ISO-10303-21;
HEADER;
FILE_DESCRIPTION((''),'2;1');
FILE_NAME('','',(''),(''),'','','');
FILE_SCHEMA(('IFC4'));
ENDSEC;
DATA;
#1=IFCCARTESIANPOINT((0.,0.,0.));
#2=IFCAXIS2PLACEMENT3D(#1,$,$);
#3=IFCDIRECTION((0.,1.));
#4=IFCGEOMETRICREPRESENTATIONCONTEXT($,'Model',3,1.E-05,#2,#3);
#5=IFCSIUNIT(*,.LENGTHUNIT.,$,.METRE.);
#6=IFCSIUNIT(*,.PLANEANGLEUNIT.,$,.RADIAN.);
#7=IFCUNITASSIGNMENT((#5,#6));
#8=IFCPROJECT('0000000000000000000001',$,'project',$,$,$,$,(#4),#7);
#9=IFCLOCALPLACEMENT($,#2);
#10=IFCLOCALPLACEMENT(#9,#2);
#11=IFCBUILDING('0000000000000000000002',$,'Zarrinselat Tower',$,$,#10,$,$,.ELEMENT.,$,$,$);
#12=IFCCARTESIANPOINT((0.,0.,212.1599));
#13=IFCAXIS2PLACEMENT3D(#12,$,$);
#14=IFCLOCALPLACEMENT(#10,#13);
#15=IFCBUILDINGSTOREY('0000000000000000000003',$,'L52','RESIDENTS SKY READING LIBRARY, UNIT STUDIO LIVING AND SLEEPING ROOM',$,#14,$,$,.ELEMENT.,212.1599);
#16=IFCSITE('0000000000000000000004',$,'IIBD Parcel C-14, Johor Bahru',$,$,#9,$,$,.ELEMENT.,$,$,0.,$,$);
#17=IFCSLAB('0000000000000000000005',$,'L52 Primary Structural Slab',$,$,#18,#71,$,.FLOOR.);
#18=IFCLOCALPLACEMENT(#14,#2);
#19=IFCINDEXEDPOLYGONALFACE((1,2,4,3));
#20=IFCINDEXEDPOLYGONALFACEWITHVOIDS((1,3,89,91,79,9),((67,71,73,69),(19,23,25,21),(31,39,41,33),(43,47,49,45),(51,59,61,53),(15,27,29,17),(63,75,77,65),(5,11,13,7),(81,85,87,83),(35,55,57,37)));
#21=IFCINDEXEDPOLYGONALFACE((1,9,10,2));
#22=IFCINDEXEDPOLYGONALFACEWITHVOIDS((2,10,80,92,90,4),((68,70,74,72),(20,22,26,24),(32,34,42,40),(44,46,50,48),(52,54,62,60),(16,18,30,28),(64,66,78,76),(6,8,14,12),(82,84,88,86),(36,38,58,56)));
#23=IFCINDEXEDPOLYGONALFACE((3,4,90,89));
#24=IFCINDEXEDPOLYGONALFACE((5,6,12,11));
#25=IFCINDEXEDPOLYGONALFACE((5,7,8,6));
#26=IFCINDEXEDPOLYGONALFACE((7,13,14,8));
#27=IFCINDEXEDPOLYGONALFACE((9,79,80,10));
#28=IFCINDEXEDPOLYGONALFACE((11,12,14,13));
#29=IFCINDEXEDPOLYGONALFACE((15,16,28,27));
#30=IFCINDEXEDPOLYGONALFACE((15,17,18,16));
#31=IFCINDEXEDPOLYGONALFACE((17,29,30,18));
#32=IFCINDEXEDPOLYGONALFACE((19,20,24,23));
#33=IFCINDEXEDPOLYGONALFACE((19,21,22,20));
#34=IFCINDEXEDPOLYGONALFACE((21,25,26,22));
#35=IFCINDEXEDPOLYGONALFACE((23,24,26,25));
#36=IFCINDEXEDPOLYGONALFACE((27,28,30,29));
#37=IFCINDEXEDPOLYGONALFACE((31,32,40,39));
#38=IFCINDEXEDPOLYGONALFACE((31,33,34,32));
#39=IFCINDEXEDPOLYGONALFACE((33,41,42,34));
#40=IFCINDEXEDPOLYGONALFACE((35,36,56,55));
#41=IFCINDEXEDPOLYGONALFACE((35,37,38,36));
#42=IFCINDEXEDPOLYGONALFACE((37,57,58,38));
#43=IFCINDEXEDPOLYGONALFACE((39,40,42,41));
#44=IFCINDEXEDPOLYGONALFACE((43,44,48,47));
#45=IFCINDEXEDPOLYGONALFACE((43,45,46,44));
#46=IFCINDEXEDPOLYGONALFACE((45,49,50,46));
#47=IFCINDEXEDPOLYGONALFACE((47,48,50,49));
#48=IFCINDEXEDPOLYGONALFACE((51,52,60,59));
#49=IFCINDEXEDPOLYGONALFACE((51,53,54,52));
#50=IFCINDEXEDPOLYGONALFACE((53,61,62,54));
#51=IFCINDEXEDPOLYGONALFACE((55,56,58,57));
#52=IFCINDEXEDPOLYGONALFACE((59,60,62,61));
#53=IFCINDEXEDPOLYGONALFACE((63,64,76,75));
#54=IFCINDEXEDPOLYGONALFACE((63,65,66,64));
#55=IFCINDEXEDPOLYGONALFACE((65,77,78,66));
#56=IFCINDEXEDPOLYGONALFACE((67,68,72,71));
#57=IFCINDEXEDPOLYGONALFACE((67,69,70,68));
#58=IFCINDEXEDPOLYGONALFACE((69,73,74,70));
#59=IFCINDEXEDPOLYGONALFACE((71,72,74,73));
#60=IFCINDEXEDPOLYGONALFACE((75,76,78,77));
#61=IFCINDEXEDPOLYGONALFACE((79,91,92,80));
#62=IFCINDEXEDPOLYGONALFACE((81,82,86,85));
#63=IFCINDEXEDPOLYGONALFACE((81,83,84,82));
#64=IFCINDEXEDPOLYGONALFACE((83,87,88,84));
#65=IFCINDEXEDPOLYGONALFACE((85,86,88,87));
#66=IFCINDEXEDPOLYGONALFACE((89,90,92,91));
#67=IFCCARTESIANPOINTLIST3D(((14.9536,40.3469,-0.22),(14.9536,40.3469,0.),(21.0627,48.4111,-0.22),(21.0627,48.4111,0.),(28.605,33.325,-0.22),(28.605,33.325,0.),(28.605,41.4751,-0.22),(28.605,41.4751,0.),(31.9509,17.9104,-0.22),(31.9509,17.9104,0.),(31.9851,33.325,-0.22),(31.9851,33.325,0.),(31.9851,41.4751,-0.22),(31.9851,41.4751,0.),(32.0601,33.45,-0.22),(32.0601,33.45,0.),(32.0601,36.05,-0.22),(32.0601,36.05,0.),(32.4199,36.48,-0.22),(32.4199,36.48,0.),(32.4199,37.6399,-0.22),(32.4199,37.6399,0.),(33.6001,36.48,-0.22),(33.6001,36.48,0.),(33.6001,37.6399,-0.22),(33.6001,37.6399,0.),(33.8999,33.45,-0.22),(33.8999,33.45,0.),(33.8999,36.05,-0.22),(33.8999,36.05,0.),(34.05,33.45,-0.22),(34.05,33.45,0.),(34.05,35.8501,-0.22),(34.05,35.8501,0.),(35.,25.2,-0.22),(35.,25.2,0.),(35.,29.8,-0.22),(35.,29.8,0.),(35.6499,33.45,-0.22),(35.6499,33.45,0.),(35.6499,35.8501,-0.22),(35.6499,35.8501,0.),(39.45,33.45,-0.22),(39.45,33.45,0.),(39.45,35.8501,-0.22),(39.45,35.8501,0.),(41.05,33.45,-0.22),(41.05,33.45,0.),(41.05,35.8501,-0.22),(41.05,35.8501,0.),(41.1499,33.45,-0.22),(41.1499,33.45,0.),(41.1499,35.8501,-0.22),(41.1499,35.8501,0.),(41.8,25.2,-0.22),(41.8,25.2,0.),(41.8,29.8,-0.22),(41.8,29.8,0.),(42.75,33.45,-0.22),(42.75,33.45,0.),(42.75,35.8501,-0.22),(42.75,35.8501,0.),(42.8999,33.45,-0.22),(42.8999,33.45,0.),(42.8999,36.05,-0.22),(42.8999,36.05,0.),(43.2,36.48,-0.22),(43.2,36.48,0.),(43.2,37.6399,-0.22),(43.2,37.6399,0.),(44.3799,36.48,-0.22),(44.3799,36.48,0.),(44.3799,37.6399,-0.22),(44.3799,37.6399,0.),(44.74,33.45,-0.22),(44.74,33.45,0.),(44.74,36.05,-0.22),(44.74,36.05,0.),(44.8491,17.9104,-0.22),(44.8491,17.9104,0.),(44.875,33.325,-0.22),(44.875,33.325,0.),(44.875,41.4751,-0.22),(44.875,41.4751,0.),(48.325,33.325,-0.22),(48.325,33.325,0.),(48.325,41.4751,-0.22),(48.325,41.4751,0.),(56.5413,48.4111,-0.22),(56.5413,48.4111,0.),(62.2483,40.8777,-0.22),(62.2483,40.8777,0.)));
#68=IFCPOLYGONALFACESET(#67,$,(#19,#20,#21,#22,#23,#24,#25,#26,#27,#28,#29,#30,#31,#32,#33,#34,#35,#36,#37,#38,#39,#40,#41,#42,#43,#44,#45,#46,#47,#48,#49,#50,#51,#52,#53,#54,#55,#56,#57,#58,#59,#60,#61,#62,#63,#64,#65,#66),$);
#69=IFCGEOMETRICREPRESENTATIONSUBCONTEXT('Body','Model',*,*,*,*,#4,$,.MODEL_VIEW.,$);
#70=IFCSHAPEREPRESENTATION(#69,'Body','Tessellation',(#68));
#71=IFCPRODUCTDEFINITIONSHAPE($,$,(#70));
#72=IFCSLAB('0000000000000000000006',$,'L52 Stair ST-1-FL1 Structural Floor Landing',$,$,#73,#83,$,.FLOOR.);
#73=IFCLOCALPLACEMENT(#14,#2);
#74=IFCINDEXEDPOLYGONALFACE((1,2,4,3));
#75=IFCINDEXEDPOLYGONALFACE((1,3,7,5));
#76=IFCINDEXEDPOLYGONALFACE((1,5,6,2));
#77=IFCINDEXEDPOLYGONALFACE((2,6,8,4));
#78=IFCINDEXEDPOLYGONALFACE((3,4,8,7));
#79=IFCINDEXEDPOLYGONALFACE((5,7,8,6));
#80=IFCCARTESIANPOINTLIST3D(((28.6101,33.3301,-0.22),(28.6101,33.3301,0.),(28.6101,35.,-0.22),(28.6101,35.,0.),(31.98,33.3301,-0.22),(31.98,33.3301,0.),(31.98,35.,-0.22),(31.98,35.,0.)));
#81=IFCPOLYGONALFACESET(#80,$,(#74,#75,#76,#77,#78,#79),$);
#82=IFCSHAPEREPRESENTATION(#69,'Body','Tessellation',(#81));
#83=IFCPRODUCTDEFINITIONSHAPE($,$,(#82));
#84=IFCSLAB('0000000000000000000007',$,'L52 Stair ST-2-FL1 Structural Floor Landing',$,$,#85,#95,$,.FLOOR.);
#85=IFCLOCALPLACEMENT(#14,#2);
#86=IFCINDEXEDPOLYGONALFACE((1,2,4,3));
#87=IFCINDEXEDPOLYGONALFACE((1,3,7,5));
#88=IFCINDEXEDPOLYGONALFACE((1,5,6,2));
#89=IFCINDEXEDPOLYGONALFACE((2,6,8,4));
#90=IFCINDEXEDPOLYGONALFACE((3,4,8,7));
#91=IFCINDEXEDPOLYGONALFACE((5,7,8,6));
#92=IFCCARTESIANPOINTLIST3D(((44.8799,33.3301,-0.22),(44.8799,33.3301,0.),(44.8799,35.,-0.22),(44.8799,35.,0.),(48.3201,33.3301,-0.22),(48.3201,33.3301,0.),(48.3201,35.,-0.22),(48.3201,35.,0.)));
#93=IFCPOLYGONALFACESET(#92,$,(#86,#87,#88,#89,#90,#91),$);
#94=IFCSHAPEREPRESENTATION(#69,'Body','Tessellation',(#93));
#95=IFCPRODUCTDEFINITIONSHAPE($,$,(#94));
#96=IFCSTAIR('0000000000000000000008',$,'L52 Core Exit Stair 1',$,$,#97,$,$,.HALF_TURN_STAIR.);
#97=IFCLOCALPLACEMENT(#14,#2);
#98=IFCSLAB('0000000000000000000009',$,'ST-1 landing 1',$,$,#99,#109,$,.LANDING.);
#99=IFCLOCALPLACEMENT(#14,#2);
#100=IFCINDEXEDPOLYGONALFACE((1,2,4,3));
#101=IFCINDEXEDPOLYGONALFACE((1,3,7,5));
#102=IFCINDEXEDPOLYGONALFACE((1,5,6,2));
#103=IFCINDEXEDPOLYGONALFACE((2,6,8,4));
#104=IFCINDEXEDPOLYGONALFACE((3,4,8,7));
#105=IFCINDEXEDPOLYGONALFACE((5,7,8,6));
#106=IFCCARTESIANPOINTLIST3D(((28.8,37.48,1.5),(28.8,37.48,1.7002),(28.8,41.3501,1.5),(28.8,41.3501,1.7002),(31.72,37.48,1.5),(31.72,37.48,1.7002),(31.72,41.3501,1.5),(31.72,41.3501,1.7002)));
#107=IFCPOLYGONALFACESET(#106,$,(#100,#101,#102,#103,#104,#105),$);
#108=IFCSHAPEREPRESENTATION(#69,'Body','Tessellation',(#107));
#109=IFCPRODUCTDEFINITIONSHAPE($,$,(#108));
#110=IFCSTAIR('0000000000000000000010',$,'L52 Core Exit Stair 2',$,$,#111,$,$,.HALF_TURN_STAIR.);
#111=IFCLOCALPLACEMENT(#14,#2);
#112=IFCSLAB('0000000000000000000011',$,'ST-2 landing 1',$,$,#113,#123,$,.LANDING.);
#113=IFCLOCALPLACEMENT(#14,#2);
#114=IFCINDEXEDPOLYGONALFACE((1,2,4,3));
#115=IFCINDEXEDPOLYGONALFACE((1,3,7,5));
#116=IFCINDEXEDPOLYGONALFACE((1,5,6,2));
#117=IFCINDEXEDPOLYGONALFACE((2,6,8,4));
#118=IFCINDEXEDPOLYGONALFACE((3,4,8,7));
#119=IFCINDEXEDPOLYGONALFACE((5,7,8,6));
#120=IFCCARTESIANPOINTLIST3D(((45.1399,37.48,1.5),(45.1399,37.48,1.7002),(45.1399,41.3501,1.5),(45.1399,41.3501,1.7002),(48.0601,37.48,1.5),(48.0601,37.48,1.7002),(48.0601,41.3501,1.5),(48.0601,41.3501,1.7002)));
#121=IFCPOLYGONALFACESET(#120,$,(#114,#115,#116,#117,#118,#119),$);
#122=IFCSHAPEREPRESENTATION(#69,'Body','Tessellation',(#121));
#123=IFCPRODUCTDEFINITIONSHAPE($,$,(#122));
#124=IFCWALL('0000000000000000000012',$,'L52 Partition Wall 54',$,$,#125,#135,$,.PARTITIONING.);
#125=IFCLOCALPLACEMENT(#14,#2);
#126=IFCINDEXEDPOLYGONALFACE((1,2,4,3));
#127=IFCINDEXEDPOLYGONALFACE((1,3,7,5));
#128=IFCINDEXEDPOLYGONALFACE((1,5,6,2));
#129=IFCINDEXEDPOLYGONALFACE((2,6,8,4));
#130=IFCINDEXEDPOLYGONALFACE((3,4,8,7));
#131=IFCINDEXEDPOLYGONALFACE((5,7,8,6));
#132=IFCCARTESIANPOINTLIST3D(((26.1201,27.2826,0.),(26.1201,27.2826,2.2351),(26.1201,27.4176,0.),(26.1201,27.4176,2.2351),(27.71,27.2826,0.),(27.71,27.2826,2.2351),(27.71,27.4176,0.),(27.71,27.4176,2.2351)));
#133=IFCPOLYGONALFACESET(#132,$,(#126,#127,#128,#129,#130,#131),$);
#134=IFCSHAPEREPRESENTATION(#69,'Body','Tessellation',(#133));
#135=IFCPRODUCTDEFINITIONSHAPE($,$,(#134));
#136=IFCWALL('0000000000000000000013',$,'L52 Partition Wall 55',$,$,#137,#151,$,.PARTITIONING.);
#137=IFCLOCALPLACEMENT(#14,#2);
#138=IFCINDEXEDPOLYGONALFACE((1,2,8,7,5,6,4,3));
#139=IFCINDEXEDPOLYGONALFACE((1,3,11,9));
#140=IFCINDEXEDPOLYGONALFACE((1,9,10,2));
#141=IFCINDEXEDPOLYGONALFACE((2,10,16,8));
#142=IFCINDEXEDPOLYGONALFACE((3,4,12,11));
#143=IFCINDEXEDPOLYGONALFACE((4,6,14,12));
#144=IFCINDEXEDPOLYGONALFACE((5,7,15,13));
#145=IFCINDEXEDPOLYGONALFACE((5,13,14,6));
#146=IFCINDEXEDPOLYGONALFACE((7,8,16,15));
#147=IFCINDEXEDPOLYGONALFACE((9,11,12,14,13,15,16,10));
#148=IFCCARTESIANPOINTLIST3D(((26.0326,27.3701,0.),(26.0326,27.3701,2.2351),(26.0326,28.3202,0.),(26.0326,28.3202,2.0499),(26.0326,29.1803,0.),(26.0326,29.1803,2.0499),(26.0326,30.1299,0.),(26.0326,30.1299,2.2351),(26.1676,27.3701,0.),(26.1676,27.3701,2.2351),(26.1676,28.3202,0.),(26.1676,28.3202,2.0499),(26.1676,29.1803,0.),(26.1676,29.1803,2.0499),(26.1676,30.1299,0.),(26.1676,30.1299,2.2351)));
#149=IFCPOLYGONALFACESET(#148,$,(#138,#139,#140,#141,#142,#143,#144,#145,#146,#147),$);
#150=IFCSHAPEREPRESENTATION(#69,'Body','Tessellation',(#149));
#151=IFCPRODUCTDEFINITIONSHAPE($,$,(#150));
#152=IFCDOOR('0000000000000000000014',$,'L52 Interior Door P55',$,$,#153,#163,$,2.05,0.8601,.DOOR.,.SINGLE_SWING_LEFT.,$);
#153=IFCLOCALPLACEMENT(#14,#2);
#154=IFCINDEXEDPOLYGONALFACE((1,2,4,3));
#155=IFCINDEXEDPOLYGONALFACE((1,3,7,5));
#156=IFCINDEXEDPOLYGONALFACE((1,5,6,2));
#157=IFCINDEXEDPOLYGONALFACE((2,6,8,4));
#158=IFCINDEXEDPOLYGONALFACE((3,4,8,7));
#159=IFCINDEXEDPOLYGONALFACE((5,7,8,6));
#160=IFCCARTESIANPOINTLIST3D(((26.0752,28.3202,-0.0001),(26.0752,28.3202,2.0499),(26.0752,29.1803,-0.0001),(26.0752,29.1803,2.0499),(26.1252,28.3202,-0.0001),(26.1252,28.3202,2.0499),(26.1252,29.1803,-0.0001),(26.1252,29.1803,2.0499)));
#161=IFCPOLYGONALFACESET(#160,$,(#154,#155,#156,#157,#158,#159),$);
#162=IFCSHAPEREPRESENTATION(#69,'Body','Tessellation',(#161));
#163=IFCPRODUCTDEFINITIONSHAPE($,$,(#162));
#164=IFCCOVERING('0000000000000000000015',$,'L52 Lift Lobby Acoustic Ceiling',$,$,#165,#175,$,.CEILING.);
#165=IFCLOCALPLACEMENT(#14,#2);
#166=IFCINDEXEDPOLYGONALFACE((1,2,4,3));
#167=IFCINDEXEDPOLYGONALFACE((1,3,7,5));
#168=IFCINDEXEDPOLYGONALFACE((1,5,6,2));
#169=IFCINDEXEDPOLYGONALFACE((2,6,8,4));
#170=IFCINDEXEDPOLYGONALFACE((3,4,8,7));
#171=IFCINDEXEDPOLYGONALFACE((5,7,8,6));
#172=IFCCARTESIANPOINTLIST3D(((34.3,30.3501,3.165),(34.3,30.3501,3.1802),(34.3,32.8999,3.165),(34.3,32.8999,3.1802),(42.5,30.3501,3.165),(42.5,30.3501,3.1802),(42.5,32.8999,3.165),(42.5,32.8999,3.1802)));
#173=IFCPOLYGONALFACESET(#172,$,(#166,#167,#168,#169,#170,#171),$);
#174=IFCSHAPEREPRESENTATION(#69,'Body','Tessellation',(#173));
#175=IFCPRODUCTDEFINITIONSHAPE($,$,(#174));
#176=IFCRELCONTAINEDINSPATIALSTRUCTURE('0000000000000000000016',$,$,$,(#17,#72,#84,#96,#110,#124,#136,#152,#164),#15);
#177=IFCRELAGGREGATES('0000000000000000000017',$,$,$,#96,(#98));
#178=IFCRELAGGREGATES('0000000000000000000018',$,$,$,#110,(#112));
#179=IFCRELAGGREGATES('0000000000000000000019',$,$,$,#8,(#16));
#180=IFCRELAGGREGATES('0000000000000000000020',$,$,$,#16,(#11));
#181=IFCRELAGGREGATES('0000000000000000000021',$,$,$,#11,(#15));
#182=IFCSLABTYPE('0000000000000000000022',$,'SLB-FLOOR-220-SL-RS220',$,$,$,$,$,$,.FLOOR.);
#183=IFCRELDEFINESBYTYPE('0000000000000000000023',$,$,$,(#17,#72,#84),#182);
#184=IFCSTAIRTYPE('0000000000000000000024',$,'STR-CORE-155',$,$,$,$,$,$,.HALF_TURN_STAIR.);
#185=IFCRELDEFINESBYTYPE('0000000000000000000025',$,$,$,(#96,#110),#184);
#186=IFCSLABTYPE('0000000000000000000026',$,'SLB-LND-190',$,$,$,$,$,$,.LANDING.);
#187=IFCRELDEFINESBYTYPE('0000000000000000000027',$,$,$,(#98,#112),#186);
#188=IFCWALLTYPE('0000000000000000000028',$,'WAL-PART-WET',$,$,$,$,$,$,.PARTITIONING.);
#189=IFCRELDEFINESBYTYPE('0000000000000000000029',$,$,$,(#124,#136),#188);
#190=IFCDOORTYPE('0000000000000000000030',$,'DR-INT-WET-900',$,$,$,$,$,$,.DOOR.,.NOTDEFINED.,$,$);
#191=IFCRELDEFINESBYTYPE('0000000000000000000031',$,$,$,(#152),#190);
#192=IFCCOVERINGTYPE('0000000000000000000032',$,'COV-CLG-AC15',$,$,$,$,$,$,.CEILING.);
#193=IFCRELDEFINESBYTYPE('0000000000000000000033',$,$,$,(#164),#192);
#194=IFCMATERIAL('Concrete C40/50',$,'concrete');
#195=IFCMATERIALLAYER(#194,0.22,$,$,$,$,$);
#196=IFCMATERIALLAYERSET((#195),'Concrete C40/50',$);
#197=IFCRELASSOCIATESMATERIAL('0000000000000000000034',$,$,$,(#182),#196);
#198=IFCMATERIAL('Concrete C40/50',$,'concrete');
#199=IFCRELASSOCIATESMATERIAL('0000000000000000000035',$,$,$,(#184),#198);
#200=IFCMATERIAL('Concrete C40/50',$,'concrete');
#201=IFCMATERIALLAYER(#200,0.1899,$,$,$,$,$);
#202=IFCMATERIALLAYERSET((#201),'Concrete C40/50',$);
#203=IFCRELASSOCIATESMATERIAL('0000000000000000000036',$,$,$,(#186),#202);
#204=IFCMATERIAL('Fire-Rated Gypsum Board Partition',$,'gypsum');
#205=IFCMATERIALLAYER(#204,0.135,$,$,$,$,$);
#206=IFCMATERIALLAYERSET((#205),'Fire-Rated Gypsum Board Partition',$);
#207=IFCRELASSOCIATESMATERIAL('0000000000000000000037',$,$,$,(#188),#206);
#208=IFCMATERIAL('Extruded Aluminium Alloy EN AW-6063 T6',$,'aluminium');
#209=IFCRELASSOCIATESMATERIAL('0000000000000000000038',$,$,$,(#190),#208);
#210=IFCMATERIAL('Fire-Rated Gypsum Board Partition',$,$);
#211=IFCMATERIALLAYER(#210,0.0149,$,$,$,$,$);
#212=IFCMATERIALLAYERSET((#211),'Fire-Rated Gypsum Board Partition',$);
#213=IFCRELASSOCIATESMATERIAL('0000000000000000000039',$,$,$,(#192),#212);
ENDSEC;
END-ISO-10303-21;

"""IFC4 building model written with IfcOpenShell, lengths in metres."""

from ifc_helpers import new_model, si_unit, direction, frame, frame_2d, origin, place, context, subcontext, project, spatial, polyline, rectangle, outline, extrude, material, layer, layer_set, type_object, element, fill, aggregate, save


model = new_model("IFC4")

# Units and contexts
model_context = context("Model", 3, precision=1e-05, world=origin(), true_north=direction((0.0, 1.0)))
body_context = subcontext(model_context, "Body", "Model", "MODEL_VIEW")
ifc_project = project(units=[si_unit("LENGTHUNIT", "METRE"), si_unit("PLANEANGLEUNIT", "RADIAN")], contexts=[model_context])

# Site, building, storey
site_placement = place(None, origin())
site = spatial("IfcSite", under=ifc_project, at=site_placement, Name="IIBD Parcel C-14, Johor Bahru", CompositionType="ELEMENT", RefElevation=0.0)
building_placement = place(site_placement, origin())
building = spatial("IfcBuilding", under=site, at=building_placement, Name="Zarrinselat Tower", CompositionType="ELEMENT")
storey_placement = place(building_placement, frame((0.0, 0.0, 212.1599)))
storey = spatial("IfcBuildingStorey", under=building, at=storey_placement, Name="L52", Description="RESIDENTS SKY READING LIBRARY, UNIT STUDIO LIVING AND SLEEPING ROOM", CompositionType="ELEMENT", Elevation=212.1599)

# Slabs
ifc_material_1 = material(Name="Concrete C40/50", Category="concrete")
ifc_layer_1 = layer(ifc_material_1, 0.22)
ifc_layer_set_1 = layer_set([ifc_layer_1], Name="Concrete C40/50")
slab_type_1 = type_object("IfcSlabType", Name="SLB-FLOOR-220-SL-RS220", PredefinedType="FLOOR", material=ifc_layer_set_1)
slab_1_placement = place(storey_placement, frame((0.0, 0.0, -0.22)))
element("IfcSlab", 1, at=slab_1_placement, inside=storey, type_object=slab_type_1, Name="L52 Primary Structural Slab", PredefinedType="FLOOR", context=body_context, shape_type="SweptSolid", body=[
    extrude(outline(polyline([(56.5413, 48.4111), (21.0627, 48.4111), (14.9536, 40.3469), (31.9509, 17.9104), (44.8491, 17.9104), (62.2483, 40.8777), (56.5413, 48.4111)]), holes=[polyline([(41.8, 25.2), (35.0, 25.2), (35.0, 29.8), (41.8, 29.8), (41.8, 25.2)]), polyline([(35.6499, 33.45), (34.05, 33.45), (34.05, 35.8501), (35.6499, 35.8501), (35.6499, 33.45)]), polyline([(41.05, 33.45), (39.45, 33.45), (39.45, 35.8501), (41.05, 35.8501), (41.05, 33.45)]), polyline([(41.1499, 33.45), (41.1499, 35.8501), (42.75, 35.8501), (42.75, 33.45), (41.1499, 33.45)]), polyline([(32.0601, 33.45), (32.0601, 36.05), (33.8999, 36.05), (33.8999, 33.45), (32.0601, 33.45)]), polyline([(44.74, 33.45), (42.8999, 33.45), (42.8999, 36.05), (44.74, 36.05), (44.74, 33.45)]), polyline([(33.6001, 36.48), (32.4199, 36.48), (32.4199, 37.6399), (33.6001, 37.6399), (33.6001, 36.48)]), polyline([(44.3799, 36.48), (43.2, 36.48), (43.2, 37.6399), (44.3799, 37.6399), (44.3799, 36.48)]), polyline([(31.9851, 33.325), (28.605, 33.325), (28.605, 41.4751), (31.9851, 41.4751), (31.9851, 33.325)]), polyline([(48.325, 33.325), (44.875, 33.325), (44.875, 41.4751), (48.325, 41.4751), (48.325, 33.325)])]), origin(), (0.0, 0.0, 1.0), 0.22),
])
slab_2_placement = place(storey_placement, frame((0.0, 0.0, -0.22)))
element("IfcSlab", 2, at=slab_2_placement, inside=storey, type_object=slab_type_1, Name="L52 Stair ST-1-FL1 Structural Floor Landing", PredefinedType="FLOOR", context=body_context, shape_type="SweptSolid", body=[
    extrude(outline(polyline([(31.98, 33.3301), (31.98, 35.0), (28.6101, 35.0), (28.6101, 33.3301), (31.98, 33.3301)])), origin(), (0.0, 0.0, 1.0), 0.22),
])
slab_3_placement = place(storey_placement, frame((0.0, 0.0, -0.22)))
element("IfcSlab", 3, at=slab_3_placement, inside=storey, type_object=slab_type_1, Name="L52 Stair ST-2-FL1 Structural Floor Landing", PredefinedType="FLOOR", context=body_context, shape_type="SweptSolid", body=[
    extrude(outline(polyline([(48.3201, 33.3301), (48.3201, 35.0), (44.8799, 35.0), (44.8799, 33.3301), (48.3201, 33.3301)])), origin(), (0.0, 0.0, 1.0), 0.22),
])

# Stairs, slabs
ifc_material_2 = material(Name="Concrete C40/50", Category="concrete")
stair_type = type_object("IfcStairType", Name="STR-CORE-155", PredefinedType="HALF_TURN_STAIR", material=ifc_material_2)
stair_1_placement = place(storey_placement, origin())
stair_1 = element("IfcStair", 4, at=stair_1_placement, inside=storey, type_object=stair_type, Name="L52 Core Exit Stair 1", PredefinedType="HALF_TURN_STAIR")
ifc_material_3 = material(Name="Concrete C40/50", Category="concrete")
ifc_layer_2 = layer(ifc_material_3, 0.1899)
ifc_layer_set_2 = layer_set([ifc_layer_2], Name="Concrete C40/50")
slab_type_2 = type_object("IfcSlabType", Name="SLB-LND-190", PredefinedType="LANDING", material=ifc_layer_set_2)
slab_4_placement = place(storey_placement, frame((0.0, 0.0, 1.5)))
slab_4 = element("IfcSlab", 5, at=slab_4_placement, type_object=slab_type_2, Name="ST-1 landing 1", PredefinedType="LANDING", context=body_context, shape_type="SweptSolid", body=[
    extrude(outline(polyline([(31.72, 37.48), (31.72, 41.3501), (28.8, 41.3501), (28.8, 37.48), (31.72, 37.48)])), origin(), (0.0, 0.0, 1.0), 0.2002),
])
aggregate(stair_1, [slab_4])
stair_2_placement = place(storey_placement, origin())
stair_2 = element("IfcStair", 6, at=stair_2_placement, inside=storey, type_object=stair_type, Name="L52 Core Exit Stair 2", PredefinedType="HALF_TURN_STAIR")
slab_5_placement = place(storey_placement, frame((0.0, 0.0, 1.5)))
slab_5 = element("IfcSlab", 7, at=slab_5_placement, type_object=slab_type_2, Name="ST-2 landing 1", PredefinedType="LANDING", context=body_context, shape_type="SweptSolid", body=[
    extrude(outline(polyline([(48.0601, 37.48), (48.0601, 41.3501), (45.1399, 41.3501), (45.1399, 37.48), (48.0601, 37.48)])), origin(), (0.0, 0.0, 1.0), 0.2002),
])
aggregate(stair_2, [slab_5])

# Wall
ifc_material_4 = material(Name="Fire-Rated Gypsum Board Partition", Category="gypsum")
ifc_layer_3 = layer(ifc_material_4, 0.135)
ifc_layer_set_3 = layer_set([ifc_layer_3], Name="Fire-Rated Gypsum Board Partition")
wall_type = type_object("IfcWallType", Name="WAL-PART-WET", PredefinedType="PARTITIONING", material=ifc_layer_set_3)
wall_1_placement = place(storey_placement, frame((26.1201, 27.3501, 0.0), z_axis=(0.0, 0.0, 1.0), x_axis=(1.0, 0.0, 0.0)))
element("IfcWall", 8, at=wall_1_placement, inside=storey, type_object=wall_type, Name="L52 Partition Wall 54", PredefinedType="PARTITIONING", context=body_context, shape_type="SweptSolid", body=[
    extrude(rectangle(XDim=1.5898, YDim=0.135, at=frame_2d((0.7949, 0.0))), origin(), (0.0, 0.0, 1.0), 2.2351),
])

# Wall, opening, door
wall_2_placement = place(storey_placement, frame((26.1001, 27.3701, 0.0), z_axis=(0.0, 0.0, 1.0), x_axis=(0.0, 1.0, 0.0)))
wall_2 = element("IfcWall", 9, at=wall_2_placement, inside=storey, type_object=wall_type, Name="L52 Partition Wall 55", PredefinedType="PARTITIONING", context=body_context, shape_type="SweptSolid", body=[
    extrude(rectangle(XDim=2.7598, YDim=0.135, at=frame_2d((1.3799, 0.0))), origin(), (0.0, 0.0, 1.0), 2.2351),
])
opening_placement = place(wall_2_placement, frame((0.95, 0.0, 0.0)))
opening = element("IfcOpeningElement", 10, at=opening_placement, cuts=wall_2, PredefinedType="OPENING", context=body_context, shape_type="SweptSolid", body=[
    extrude(rectangle(XDim=0.8601, YDim=2.05, at=frame_2d((0.4302, 1.0249))), frame((0.0, 0.0774, 0.0), z_axis=(0.0, -1.0, 0.0), x_axis=(1.0, 0.0, 0.0)), (0.0, 0.0, 1.0), 0.155),
])
ifc_material_5 = material(Name="Extruded Aluminium Alloy EN AW-6063 T6", Category="aluminium")
door_type = type_object("IfcDoorType", Name="DR-INT-WET-900", OperationType="NOTDEFINED", PredefinedType="DOOR", material=ifc_material_5)
door_placement = place(opening_placement, origin())
door = element("IfcDoor", 11, at=door_placement, inside=storey, type_object=door_type, Name="L52 Interior Door P55", OperationType="SINGLE_SWING_LEFT", OverallHeight=2.05, OverallWidth=0.8601, PredefinedType="DOOR", context=body_context, shape_type="SweptSolid", body=[
    extrude(rectangle(XDim=0.8601, YDim=2.05, at=frame_2d((0.4302, 1.0249))), frame((0.0, 0.0249, 0.0), z_axis=(0.0, -1.0, 0.0), x_axis=(1.0, 0.0, 0.0)), (0.0, 0.0, 1.0), 0.05),
])
fill(opening, door)

# Covering
ifc_material_6 = material(Name="Fire-Rated Gypsum Board Partition")
ifc_layer_4 = layer(ifc_material_6, 0.0149)
ifc_layer_set_4 = layer_set([ifc_layer_4], Name="Fire-Rated Gypsum Board Partition")
covering_type_1 = type_object("IfcCoveringType", Name="COV-CLG-AC15", PredefinedType="CEILING", material=ifc_layer_set_4)
covering_1_placement = place(storey_placement, frame((0.0, 0.0, 3.165)))
element("IfcCovering", 12, at=covering_1_placement, inside=storey, type_object=covering_type_1, Name="L52 Lift Lobby Acoustic Ceiling", PredefinedType="CEILING", context=body_context, shape_type="SweptSolid", body=[
    extrude(outline(polyline([(34.3, 30.3501), (42.5, 30.3501), (42.5, 32.8999), (34.3, 32.8999), (34.3, 30.3501)])), origin(), (0.0, 0.0, 1.0), 0.0151),
])

save(model, "model.ifc")
